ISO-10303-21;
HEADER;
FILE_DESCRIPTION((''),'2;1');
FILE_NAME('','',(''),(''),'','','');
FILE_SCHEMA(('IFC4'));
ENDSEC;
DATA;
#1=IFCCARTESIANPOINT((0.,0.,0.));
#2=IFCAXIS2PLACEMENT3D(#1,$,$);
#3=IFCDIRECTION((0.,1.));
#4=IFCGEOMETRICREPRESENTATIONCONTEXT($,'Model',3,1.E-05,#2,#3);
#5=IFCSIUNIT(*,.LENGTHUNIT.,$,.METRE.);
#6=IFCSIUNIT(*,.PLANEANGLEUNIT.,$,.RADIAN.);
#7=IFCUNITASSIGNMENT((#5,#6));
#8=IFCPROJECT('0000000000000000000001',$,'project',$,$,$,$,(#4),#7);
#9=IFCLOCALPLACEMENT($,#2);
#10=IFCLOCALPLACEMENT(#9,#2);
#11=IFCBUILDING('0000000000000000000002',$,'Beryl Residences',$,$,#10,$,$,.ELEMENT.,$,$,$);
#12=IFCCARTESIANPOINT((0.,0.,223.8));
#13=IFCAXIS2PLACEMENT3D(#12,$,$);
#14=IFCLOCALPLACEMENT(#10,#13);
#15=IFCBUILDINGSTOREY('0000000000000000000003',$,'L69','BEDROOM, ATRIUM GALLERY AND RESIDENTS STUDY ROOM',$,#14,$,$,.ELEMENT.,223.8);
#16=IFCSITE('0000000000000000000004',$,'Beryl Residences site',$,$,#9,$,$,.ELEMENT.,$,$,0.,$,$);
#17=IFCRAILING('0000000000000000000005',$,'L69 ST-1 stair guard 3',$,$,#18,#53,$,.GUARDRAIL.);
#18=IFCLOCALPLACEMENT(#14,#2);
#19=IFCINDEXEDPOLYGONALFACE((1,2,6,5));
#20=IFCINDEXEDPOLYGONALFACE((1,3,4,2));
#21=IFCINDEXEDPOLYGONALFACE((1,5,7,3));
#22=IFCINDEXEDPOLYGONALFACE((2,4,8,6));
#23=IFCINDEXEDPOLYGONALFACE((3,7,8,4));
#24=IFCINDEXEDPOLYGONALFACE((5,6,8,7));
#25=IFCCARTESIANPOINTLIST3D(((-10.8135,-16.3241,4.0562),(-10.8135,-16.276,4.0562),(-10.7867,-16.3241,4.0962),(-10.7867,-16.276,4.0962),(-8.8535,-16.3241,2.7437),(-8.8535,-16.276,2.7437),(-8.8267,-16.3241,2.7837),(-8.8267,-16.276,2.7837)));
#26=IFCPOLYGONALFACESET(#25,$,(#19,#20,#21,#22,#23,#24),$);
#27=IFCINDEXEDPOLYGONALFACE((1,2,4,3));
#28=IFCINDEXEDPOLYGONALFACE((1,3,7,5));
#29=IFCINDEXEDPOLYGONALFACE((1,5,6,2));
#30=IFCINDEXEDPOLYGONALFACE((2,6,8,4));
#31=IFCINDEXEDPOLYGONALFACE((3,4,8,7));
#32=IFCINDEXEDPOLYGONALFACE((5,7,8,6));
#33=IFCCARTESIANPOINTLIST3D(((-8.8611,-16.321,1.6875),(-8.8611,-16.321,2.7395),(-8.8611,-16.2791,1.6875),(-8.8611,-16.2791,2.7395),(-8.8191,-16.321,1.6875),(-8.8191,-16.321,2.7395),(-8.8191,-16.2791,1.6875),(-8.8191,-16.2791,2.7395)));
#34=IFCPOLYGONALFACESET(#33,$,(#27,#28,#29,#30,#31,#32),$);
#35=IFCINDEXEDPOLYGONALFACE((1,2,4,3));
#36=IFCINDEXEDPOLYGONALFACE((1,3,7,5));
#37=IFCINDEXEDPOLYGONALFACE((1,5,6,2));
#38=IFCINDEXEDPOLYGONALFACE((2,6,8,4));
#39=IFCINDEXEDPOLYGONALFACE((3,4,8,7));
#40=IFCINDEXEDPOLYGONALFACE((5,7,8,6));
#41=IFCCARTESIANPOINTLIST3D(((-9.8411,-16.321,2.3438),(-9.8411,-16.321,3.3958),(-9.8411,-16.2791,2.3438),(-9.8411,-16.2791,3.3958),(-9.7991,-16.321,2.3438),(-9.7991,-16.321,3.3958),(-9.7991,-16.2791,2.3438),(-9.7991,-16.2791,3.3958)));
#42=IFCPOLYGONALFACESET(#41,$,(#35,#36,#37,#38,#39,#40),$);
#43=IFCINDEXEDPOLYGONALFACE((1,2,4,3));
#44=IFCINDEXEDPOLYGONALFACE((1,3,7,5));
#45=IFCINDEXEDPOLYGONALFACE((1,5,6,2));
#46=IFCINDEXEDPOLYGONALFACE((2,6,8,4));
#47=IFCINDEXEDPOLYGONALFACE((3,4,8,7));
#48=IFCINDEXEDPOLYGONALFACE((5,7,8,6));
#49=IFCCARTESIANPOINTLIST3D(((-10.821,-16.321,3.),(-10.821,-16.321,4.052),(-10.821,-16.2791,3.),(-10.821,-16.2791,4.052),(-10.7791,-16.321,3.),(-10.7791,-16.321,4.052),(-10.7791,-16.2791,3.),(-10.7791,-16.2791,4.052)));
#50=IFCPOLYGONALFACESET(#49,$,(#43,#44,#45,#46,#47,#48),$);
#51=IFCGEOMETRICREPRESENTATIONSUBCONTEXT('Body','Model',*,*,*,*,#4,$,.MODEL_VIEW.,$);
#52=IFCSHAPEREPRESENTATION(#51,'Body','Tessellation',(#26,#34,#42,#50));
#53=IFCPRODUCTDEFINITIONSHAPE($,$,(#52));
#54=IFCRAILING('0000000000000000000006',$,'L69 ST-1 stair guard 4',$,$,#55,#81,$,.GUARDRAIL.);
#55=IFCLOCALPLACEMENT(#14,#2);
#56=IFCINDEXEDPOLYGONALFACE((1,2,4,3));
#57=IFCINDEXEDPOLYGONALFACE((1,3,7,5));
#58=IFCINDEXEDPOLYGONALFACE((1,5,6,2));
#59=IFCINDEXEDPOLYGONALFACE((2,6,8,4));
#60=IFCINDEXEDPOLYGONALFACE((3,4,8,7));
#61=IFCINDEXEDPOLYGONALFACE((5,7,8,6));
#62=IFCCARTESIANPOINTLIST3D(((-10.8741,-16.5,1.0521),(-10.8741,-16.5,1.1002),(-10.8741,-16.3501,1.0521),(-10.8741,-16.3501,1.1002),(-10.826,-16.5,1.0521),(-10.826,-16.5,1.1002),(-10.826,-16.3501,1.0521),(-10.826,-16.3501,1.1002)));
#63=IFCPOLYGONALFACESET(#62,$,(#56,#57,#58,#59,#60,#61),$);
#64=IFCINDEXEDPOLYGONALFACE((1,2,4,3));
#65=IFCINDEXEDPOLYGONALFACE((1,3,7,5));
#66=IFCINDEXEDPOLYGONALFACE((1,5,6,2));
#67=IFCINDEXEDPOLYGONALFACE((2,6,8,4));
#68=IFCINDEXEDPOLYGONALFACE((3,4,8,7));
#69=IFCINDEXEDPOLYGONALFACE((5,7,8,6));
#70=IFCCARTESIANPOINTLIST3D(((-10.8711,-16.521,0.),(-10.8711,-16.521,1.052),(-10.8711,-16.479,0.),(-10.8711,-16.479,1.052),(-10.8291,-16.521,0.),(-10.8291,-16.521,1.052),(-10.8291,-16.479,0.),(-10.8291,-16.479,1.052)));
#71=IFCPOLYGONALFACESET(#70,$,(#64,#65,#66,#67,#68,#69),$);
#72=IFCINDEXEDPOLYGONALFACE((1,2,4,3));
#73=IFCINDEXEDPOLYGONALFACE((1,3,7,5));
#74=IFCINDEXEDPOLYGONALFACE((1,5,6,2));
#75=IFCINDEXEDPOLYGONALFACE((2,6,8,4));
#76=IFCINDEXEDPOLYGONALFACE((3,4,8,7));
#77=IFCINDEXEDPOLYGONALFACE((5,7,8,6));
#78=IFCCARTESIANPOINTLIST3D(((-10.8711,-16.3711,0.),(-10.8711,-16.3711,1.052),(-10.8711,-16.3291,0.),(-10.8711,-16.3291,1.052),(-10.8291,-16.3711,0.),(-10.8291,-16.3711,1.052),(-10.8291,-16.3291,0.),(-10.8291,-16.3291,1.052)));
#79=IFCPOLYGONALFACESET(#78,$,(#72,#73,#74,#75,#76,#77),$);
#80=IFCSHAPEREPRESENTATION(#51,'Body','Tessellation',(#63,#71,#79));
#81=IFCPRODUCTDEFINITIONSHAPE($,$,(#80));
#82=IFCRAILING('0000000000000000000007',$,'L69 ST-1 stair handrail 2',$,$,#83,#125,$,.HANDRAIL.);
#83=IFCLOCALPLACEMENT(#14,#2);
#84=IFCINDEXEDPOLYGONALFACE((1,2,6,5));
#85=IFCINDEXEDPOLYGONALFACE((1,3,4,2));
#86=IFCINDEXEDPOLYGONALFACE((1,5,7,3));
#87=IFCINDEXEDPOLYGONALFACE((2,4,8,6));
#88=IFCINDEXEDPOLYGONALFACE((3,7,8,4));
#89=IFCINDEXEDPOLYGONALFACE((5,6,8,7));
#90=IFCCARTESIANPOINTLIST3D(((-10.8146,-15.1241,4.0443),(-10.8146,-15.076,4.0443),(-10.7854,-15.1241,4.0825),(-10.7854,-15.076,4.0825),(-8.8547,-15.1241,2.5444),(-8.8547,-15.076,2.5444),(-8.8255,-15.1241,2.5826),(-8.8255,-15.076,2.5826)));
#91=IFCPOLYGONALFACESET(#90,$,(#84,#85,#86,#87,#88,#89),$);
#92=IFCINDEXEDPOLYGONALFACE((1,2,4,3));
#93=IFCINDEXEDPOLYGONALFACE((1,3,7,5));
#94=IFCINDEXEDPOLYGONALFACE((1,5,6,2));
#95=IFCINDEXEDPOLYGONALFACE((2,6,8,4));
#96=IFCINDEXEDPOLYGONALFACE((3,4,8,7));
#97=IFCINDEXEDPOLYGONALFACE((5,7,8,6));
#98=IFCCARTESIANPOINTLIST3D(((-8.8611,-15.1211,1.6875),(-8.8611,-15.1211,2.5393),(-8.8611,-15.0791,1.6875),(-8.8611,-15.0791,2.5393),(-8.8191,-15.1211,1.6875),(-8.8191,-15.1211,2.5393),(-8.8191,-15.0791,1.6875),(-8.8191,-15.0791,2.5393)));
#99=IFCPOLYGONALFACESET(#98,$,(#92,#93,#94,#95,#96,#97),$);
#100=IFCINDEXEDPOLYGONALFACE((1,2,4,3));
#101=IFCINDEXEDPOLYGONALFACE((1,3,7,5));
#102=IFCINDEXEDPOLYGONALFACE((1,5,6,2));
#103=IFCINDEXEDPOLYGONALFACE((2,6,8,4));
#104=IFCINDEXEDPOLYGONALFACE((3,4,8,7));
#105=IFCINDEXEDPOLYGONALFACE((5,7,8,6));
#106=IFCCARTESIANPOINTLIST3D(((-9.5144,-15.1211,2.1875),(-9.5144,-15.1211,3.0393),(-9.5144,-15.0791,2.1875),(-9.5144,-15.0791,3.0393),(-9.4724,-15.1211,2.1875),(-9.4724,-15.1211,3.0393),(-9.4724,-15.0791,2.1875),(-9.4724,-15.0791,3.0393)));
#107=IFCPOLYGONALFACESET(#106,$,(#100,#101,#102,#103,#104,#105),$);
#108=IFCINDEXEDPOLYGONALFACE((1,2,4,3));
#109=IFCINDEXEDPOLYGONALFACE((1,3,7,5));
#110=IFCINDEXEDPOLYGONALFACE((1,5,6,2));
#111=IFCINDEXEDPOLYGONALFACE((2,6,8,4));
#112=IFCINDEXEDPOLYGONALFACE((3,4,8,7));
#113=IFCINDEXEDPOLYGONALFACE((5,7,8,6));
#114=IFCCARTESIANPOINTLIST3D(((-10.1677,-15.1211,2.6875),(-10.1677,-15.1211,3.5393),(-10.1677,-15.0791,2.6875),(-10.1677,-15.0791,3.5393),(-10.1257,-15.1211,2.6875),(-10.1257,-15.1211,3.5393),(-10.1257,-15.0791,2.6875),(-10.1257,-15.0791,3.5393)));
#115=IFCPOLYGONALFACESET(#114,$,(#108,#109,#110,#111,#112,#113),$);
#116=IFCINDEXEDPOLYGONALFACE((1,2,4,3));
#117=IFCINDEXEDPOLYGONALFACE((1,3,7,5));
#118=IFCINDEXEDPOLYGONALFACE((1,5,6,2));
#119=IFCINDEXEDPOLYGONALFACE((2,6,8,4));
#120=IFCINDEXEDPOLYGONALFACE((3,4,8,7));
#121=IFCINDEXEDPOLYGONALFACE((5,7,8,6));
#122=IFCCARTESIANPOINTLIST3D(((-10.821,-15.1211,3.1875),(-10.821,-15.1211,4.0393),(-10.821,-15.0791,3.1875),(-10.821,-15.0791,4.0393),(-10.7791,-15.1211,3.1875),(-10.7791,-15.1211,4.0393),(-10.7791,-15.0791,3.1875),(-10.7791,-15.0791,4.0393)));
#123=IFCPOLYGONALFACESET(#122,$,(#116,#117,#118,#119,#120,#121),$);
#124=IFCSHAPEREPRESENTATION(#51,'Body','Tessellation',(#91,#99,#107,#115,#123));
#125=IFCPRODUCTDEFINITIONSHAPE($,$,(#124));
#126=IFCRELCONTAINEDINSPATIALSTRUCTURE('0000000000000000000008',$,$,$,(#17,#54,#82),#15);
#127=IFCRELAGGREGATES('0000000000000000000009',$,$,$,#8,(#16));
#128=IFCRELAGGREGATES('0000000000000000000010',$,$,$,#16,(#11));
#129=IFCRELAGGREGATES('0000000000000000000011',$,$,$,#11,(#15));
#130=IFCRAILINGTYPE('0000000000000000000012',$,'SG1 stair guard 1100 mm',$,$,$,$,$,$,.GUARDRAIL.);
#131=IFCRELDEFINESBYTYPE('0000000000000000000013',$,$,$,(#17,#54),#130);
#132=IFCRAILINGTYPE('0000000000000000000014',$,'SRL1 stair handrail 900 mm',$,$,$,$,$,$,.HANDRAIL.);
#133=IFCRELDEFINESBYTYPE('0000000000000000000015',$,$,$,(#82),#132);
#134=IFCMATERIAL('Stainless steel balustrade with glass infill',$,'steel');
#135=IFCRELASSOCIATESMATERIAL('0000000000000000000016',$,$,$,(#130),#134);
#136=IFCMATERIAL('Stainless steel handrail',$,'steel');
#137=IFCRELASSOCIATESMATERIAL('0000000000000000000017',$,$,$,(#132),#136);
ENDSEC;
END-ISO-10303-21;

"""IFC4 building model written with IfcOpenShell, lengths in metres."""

from ifc_helpers import new_model, si_unit, direction, frame, origin, origin_2d, place, context, subcontext, project, spatial, rectangle, extrude, material, type_object, element, save


model = new_model("IFC4")

# Units and contexts
model_context = context("Model", 3, precision=1e-05, world=origin(), true_north=direction((0.0, 1.0)))
body_context = subcontext(model_context, "Body", "Model", "MODEL_VIEW")
ifc_project = project(units=[si_unit("LENGTHUNIT", "METRE"), si_unit("PLANEANGLEUNIT", "RADIAN")], contexts=[model_context])

# Site, building, storey
site_placement = place(None, origin())
site = spatial("IfcSite", under=ifc_project, at=site_placement, Name="Beryl Residences site", CompositionType="ELEMENT", RefElevation=0.0)
building_placement = place(site_placement, origin())
building = spatial("IfcBuilding", under=site, at=building_placement, Name="Beryl Residences", CompositionType="ELEMENT")
storey_placement = place(building_placement, frame((0.0, 0.0, 223.8)))
storey = spatial("IfcBuildingStorey", under=building, at=storey_placement, Name="L69", Description="BEDROOM, ATRIUM GALLERY AND RESIDENTS STUDY ROOM", CompositionType="ELEMENT", Elevation=223.8)

# Railings
ifc_material_1 = material(Name="Stainless steel balustrade with glass infill", Category="steel")
railing_type_1 = type_object("IfcRailingType", Name="SG1 stair guard 1100 mm", PredefinedType="GUARDRAIL", material=ifc_material_1)
railing_1_placement = place(storey_placement, frame((-8.8401, -16.3, 1.6875)))
element("IfcRailing", 1, at=railing_1_placement, inside=storey, type_object=railing_type_1, Name="L69 ST-1 stair guard 3", PredefinedType="GUARDRAIL", context=body_context, shape_type="SweptSolid", body=[
    extrude(rectangle(XDim=0.0481, YDim=0.0481, at=origin_2d()), frame((0.0, 0.0, 1.0762), z_axis=(-0.830902, 0.0, 0.556419), x_axis=(0.0, -1.0, 0.0)), (0.0, 0.0, 1.0), 2.3589),
    extrude(rectangle(XDim=0.042, YDim=0.042, at=origin_2d()), origin(), (0.0, 0.0, 1.0), 1.052),
    extrude(rectangle(XDim=0.042, YDim=0.042, at=origin_2d()), frame((-0.98, 0.0, 0.6562)), (0.0, 0.0, 1.0), 1.052),
    extrude(rectangle(XDim=0.042, YDim=0.042, at=origin_2d()), frame((-1.96, 0.0, 1.3125)), (0.0, 0.0, 1.0), 1.052),
])
railing_2_placement = place(storey_placement, frame((-10.8501, -16.5, 0.0)))
element("IfcRailing", 2, at=railing_2_placement, inside=storey, type_object=railing_type_1, Name="L69 ST-1 stair guard 4", PredefinedType="GUARDRAIL", context=body_context, shape_type="SweptSolid", body=[
    extrude(rectangle(XDim=0.0481, YDim=0.0481, at=origin_2d()), frame((0.0, 0.0, 1.0762), z_axis=(0.0, 1.0, 0.0), x_axis=(-1.0, 0.0, 0.0)), (0.0, 0.0, 1.0), 0.1499),
    extrude(rectangle(XDim=0.042, YDim=0.042, at=origin_2d()), origin(), (0.0, 0.0, 1.0), 1.052),
    extrude(rectangle(XDim=0.042, YDim=0.042, at=origin_2d()), frame((0.0, 0.1499, 0.0)), (0.0, 0.0, 1.0), 1.052),
])
ifc_material_2 = material(Name="Stainless steel handrail", Category="steel")
railing_type_2 = type_object("IfcRailingType", Name="SRL1 stair handrail 900 mm", PredefinedType="HANDRAIL", material=ifc_material_2)
railing_3_placement = place(storey_placement, frame((-8.8401, -15.1001, 1.6875)))
element("IfcRailing", 3, at=railing_3_placement, inside=storey, type_object=railing_type_2, Name="L69 ST-1 stair handrail 2", PredefinedType="HANDRAIL", context=body_context, shape_type="SweptSolid", body=[
    extrude(rectangle(XDim=0.0481, YDim=0.0481, at=origin_2d()), frame((0.0, 0.0, 0.876), z_axis=(-0.794122, 0.0, 0.607758), x_axis=(0.0, -1.0, 0.0)), (0.0, 0.0, 1.0), 2.468),
    extrude(rectangle(XDim=0.042, YDim=0.042, at=origin_2d()), origin(), (0.0, 0.0, 1.0), 0.8518),
    extrude(rectangle(XDim=0.042, YDim=0.042, at=origin_2d()), frame((-0.6533, 0.0, 0.5)), (0.0, 0.0, 1.0), 0.8518),
    extrude(rectangle(XDim=0.042, YDim=0.042, at=origin_2d()), frame((-1.3066, 0.0, 1.0)), (0.0, 0.0, 1.0), 0.8518),
    extrude(rectangle(XDim=0.042, YDim=0.042, at=origin_2d()), frame((-1.96, 0.0, 1.5)), (0.0, 0.0, 1.0), 0.8518),
])

save(model, "model.ifc")
